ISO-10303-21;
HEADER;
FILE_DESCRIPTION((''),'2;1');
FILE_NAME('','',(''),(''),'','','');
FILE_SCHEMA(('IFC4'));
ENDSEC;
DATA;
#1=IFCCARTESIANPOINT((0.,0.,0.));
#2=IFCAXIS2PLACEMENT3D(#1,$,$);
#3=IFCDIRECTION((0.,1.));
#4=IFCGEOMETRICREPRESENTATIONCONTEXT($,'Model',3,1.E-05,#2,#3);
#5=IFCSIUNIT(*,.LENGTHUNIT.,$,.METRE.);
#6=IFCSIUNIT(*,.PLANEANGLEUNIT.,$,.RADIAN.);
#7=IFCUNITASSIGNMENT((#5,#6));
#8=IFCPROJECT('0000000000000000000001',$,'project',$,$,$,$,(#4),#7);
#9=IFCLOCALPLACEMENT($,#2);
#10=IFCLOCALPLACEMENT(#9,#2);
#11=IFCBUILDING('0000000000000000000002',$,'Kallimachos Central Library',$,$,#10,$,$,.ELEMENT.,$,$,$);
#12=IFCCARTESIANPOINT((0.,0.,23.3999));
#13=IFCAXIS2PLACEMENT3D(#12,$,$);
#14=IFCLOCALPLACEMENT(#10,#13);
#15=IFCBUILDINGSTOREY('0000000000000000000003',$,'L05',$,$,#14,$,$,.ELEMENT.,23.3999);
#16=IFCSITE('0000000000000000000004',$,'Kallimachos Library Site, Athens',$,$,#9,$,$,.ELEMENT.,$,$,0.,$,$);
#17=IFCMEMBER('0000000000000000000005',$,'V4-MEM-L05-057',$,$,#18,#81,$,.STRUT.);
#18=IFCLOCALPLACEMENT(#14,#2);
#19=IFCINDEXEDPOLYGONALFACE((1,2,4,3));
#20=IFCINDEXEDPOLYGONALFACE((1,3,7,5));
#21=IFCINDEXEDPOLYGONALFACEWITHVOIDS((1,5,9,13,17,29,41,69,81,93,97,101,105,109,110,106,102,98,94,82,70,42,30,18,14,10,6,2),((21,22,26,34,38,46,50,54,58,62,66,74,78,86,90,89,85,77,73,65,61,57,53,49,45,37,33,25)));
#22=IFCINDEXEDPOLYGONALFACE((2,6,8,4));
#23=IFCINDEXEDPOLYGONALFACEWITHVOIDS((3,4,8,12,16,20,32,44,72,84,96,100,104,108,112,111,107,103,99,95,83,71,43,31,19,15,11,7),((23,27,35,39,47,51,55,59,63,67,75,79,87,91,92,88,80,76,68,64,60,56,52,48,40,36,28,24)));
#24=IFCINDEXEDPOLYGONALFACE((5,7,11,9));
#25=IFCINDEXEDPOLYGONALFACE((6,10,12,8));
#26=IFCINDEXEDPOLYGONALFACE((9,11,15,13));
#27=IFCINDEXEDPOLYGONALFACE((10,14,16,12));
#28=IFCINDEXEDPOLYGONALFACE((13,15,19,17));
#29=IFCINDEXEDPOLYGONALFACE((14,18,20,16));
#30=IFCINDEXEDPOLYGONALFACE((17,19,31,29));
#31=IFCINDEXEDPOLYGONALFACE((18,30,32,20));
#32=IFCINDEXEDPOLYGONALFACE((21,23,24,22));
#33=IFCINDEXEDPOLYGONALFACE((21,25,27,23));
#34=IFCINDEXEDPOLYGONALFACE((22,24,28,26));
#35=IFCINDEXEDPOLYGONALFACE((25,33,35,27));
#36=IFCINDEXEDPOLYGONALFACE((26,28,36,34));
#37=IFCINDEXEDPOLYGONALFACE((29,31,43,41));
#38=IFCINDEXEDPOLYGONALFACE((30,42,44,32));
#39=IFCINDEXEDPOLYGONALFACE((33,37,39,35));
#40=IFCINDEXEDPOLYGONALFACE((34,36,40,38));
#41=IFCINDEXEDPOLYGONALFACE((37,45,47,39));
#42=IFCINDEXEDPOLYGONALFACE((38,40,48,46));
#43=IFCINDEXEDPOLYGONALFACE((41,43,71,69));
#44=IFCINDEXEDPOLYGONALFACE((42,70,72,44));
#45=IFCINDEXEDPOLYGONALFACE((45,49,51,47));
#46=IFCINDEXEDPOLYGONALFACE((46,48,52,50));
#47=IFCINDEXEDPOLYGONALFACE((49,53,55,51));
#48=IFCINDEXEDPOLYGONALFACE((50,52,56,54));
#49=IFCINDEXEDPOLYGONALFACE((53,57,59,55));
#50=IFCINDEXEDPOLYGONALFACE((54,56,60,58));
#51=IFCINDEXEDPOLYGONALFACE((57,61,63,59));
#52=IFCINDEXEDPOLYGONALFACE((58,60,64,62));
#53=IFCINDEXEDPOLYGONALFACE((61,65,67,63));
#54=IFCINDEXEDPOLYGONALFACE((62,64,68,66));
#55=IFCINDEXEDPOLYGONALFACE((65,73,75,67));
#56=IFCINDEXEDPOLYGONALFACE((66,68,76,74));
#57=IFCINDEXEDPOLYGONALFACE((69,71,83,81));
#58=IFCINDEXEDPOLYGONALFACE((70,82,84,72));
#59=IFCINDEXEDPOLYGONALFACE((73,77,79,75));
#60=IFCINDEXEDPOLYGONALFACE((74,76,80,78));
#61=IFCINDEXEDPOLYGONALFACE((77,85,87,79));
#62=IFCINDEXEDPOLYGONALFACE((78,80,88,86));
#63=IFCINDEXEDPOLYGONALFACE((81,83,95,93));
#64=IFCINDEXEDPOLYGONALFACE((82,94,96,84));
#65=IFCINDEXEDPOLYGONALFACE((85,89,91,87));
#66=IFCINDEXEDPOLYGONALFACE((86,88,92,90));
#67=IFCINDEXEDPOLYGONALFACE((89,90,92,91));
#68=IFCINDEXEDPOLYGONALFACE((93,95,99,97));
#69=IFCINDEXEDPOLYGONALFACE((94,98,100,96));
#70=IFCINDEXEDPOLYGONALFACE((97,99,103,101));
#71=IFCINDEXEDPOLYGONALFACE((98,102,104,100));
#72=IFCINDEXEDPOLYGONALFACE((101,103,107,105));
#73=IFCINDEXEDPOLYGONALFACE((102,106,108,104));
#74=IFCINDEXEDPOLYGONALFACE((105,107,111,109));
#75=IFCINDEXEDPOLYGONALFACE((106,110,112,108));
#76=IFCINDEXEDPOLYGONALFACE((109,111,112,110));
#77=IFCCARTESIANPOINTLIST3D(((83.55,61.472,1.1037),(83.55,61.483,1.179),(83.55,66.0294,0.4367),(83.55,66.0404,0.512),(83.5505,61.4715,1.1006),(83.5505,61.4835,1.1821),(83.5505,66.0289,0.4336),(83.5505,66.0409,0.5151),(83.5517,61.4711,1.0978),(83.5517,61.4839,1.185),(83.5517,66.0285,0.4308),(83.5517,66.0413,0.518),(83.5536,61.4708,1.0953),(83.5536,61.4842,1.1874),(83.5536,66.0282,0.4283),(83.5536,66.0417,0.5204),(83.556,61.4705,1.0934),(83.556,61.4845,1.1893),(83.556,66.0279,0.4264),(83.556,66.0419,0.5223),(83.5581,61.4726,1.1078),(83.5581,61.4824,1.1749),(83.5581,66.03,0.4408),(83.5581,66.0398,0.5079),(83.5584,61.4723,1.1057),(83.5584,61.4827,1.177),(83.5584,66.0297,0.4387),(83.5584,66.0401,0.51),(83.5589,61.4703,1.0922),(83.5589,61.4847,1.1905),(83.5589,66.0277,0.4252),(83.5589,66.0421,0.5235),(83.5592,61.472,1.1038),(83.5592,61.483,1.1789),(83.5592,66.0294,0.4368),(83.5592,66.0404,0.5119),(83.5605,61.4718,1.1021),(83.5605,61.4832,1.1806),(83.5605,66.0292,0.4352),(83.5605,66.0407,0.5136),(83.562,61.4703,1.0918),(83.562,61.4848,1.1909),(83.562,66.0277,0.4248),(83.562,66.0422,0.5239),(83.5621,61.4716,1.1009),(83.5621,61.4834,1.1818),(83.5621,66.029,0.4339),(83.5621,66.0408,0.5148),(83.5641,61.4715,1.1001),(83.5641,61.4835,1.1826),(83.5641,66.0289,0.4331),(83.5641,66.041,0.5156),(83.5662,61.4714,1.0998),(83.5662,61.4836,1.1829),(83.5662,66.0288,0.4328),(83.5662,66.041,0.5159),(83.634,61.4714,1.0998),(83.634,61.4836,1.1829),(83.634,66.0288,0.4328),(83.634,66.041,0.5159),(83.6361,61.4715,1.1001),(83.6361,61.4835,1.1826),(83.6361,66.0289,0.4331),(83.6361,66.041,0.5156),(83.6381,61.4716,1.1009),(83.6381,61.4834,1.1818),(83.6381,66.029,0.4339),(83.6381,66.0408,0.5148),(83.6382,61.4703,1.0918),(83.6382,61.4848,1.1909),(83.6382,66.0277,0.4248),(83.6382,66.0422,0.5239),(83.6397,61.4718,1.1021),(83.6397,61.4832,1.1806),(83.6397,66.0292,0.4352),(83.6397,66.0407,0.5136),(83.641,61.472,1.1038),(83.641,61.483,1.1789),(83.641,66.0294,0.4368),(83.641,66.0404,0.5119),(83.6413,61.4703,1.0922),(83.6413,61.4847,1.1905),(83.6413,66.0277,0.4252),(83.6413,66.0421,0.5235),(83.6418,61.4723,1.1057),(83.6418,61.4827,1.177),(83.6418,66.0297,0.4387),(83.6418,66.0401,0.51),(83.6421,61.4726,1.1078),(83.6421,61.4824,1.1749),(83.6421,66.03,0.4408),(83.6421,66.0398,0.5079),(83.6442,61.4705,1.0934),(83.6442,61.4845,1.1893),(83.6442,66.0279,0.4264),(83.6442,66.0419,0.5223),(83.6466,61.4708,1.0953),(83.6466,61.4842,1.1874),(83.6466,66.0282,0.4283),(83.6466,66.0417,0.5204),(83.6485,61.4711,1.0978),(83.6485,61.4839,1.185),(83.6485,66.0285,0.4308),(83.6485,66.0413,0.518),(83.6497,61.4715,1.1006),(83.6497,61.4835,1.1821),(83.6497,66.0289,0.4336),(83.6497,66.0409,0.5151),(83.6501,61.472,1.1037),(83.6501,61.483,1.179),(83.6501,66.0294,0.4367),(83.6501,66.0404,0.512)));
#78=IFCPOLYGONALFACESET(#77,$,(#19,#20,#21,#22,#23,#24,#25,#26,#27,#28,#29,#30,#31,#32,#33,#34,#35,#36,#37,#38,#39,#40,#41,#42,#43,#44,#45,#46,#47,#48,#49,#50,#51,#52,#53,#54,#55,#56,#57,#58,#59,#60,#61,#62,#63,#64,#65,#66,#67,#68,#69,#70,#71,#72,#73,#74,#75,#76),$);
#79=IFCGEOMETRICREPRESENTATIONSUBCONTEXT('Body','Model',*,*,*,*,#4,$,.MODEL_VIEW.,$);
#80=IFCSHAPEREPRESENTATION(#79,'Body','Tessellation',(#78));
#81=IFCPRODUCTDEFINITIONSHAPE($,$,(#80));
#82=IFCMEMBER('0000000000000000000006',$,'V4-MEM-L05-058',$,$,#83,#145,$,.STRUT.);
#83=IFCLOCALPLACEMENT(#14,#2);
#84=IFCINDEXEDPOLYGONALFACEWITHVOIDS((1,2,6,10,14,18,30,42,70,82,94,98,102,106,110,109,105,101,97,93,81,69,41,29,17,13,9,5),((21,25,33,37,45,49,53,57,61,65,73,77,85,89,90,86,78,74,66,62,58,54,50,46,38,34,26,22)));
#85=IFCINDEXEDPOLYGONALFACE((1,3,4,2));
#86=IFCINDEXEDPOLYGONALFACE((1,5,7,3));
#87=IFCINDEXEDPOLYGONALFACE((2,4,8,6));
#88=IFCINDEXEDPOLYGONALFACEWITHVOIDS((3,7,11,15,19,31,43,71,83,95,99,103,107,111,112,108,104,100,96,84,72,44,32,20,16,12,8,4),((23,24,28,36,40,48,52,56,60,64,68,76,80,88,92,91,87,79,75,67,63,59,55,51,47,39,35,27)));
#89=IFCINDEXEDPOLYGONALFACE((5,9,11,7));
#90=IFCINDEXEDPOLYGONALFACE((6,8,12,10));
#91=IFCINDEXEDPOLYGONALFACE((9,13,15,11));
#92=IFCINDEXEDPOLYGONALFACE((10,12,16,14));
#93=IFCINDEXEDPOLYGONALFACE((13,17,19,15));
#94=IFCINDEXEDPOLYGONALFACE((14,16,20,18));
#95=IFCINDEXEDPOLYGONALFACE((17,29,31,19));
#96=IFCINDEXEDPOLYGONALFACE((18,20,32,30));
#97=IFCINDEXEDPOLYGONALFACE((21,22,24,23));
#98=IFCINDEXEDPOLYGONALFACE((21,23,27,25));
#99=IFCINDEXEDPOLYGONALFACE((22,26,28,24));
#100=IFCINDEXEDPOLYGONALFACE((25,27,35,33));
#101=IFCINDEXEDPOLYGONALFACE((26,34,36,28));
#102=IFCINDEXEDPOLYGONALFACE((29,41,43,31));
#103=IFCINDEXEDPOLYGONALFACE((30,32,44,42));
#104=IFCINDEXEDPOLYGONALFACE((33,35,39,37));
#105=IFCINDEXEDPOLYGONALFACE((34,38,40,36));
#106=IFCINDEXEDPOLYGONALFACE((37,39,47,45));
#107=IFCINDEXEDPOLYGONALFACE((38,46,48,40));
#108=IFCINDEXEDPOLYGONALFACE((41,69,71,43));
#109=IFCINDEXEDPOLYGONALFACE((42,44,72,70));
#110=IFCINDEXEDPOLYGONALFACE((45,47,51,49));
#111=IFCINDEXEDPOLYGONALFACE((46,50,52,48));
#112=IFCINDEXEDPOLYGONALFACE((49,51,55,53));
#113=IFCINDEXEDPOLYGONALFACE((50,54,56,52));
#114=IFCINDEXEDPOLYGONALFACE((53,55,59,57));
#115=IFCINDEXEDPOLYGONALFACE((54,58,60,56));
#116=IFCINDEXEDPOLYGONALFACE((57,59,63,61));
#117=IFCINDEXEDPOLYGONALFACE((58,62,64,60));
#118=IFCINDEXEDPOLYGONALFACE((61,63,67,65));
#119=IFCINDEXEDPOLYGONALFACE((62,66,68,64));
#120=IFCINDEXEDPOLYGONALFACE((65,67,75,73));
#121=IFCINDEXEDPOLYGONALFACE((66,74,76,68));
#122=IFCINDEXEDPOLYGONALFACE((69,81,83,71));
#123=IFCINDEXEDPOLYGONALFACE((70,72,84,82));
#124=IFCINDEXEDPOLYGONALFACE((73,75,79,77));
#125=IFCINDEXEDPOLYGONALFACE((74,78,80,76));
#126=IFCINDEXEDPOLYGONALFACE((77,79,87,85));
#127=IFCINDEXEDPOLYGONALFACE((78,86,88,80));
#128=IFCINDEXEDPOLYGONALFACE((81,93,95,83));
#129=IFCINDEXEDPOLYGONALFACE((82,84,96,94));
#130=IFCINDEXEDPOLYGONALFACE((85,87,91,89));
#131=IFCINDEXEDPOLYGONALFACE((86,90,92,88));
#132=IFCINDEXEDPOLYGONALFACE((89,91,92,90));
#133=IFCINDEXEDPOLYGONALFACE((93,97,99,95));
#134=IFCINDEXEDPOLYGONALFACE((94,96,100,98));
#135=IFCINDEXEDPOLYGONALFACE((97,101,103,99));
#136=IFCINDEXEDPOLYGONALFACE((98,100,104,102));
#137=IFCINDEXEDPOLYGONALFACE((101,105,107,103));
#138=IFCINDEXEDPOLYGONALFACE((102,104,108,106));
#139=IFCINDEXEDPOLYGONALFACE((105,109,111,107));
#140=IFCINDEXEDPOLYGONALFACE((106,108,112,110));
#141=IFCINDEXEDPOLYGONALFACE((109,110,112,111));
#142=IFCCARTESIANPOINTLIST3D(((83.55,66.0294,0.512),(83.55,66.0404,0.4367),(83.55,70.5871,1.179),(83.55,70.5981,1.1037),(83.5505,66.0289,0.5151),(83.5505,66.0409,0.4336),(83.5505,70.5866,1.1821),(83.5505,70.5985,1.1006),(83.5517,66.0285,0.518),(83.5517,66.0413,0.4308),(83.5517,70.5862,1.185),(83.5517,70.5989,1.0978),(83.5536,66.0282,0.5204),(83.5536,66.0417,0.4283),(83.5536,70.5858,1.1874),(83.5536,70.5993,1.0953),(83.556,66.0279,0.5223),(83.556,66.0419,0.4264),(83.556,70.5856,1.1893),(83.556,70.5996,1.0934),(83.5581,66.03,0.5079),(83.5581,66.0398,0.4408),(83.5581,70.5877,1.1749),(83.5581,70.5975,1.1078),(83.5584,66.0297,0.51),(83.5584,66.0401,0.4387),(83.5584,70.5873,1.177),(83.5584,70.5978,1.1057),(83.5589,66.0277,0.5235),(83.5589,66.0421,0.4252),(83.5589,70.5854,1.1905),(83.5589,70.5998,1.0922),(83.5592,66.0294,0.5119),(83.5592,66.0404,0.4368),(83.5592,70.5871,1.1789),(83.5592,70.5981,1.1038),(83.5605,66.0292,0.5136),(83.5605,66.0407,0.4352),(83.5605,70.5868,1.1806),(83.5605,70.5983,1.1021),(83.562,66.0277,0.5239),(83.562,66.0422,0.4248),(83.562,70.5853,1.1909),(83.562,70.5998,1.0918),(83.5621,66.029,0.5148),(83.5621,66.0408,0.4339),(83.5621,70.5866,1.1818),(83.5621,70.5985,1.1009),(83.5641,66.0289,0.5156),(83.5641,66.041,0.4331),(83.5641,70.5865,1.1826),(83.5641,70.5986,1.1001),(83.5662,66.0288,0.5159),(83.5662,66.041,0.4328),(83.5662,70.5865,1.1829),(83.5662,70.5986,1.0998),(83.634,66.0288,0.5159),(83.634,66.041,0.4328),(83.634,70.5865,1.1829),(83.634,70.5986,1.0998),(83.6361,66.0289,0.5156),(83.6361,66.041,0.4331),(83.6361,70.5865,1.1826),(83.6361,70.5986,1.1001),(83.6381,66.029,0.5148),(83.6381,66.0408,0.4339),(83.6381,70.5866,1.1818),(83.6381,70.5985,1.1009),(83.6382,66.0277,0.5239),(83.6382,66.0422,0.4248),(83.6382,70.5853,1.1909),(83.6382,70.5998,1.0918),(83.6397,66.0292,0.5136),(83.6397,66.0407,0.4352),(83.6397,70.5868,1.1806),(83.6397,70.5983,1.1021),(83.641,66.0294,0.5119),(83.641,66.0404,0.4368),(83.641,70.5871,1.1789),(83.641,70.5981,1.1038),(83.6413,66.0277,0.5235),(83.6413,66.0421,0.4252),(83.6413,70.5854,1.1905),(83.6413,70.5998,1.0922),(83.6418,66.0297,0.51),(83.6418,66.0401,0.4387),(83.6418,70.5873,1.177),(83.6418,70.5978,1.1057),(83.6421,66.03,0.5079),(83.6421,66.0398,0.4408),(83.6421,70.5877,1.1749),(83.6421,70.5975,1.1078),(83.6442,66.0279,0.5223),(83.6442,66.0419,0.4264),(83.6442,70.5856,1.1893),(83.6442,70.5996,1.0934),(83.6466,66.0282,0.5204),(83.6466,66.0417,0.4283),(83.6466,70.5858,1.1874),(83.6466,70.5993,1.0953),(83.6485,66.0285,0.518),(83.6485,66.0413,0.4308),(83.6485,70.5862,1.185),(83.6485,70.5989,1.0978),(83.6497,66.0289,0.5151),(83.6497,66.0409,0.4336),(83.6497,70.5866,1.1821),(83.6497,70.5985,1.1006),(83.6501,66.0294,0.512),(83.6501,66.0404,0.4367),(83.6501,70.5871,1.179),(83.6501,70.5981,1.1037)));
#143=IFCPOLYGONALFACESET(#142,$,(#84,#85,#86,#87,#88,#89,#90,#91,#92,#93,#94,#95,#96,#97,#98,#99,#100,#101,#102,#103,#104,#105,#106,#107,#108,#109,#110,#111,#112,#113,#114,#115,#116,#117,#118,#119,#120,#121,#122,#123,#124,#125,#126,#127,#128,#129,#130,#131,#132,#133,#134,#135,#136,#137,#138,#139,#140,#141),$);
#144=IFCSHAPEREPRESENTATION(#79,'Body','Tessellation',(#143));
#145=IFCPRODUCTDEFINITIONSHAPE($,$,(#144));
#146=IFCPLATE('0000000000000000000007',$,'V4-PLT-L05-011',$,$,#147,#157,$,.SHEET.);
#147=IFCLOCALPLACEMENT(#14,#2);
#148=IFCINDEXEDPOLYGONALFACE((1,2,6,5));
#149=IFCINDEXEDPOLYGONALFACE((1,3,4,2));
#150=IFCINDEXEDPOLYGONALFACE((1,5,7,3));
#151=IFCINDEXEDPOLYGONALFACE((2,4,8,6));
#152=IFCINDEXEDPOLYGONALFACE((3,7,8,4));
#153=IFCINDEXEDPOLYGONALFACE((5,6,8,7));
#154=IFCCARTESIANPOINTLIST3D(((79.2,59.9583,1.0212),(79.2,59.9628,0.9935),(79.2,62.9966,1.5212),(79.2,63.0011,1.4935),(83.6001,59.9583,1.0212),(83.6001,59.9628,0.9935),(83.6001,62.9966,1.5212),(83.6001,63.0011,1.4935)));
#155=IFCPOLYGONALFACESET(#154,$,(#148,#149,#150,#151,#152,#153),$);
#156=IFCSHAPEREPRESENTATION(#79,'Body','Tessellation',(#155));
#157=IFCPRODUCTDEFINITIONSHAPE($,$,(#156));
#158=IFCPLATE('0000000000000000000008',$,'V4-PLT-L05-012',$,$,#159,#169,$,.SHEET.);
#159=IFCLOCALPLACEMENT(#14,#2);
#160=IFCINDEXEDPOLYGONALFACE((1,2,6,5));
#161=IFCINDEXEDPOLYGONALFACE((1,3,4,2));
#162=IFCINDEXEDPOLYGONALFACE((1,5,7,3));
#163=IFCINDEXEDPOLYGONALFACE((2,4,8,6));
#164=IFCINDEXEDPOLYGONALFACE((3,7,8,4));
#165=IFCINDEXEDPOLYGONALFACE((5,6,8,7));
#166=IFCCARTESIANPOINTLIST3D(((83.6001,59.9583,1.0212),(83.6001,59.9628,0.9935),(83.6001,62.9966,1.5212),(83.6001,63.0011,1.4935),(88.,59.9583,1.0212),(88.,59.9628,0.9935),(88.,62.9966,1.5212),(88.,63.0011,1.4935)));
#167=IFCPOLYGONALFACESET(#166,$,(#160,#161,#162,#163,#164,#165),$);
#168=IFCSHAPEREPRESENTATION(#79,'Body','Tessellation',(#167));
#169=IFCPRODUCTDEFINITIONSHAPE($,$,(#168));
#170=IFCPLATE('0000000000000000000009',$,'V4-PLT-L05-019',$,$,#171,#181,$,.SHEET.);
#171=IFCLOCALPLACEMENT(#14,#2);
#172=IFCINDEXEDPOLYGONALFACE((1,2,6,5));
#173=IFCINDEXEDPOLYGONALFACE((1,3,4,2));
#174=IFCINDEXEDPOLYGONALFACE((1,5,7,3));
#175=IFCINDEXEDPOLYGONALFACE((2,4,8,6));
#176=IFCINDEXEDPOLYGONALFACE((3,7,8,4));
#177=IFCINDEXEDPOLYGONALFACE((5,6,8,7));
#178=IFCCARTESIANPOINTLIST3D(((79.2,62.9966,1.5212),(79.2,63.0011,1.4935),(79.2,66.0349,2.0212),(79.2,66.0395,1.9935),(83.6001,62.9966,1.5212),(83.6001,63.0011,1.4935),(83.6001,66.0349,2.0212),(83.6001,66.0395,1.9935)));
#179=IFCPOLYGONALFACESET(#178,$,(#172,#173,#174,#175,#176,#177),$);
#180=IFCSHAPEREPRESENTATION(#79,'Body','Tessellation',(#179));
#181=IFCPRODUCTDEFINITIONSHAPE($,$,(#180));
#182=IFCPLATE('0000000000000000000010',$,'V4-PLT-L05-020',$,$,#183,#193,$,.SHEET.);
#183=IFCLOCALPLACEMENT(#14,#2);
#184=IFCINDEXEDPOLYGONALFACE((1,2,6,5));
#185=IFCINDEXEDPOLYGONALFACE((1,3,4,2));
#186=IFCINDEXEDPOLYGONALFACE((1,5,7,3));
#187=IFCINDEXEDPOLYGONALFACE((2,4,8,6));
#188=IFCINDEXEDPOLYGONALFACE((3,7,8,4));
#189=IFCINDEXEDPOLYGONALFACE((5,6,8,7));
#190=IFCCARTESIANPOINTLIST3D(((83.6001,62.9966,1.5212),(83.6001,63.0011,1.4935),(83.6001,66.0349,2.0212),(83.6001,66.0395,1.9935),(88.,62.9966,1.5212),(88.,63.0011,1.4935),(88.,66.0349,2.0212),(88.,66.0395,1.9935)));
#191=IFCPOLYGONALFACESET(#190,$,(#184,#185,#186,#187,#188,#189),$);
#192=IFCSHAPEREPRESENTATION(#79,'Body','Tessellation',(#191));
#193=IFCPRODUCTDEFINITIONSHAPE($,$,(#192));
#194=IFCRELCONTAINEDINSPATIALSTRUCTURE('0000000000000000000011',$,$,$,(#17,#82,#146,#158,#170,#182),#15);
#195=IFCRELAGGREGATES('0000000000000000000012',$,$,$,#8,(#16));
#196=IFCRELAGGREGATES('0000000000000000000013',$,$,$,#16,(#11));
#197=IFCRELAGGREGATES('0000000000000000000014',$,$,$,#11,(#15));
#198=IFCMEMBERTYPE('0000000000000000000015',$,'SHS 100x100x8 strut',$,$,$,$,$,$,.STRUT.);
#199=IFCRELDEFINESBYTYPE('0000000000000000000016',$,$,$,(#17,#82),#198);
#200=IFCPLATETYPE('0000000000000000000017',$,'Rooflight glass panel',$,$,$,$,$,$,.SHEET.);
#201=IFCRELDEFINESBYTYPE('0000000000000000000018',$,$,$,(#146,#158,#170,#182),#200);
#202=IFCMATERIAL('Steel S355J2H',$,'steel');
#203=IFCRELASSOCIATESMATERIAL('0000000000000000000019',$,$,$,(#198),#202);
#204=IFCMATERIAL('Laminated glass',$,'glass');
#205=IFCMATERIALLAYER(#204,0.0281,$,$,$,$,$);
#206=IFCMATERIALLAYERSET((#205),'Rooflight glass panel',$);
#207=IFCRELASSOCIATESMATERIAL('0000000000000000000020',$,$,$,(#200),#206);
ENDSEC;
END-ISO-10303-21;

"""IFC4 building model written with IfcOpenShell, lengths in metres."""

from ifc_helpers import new_model, si_unit, direction, frame, origin, origin_2d, place, context, subcontext, project, spatial, polyline, hollow_rectangle, outline, extrude, material, layer, layer_set, material_profile, profile_set, type_object, element, save


model = new_model("IFC4")

# Units and contexts
model_context = context("Model", 3, precision=1e-05, world=origin(), true_north=direction((0.0, 1.0)))
body_context = subcontext(model_context, "Body", "Model", "MODEL_VIEW")
ifc_project = project(units=[si_unit("LENGTHUNIT", "METRE"), si_unit("PLANEANGLEUNIT", "RADIAN")], contexts=[model_context])

# Site, building, storey
site_placement = place(None, origin())
site = spatial("IfcSite", under=ifc_project, at=site_placement, Name="Kallimachos Library Site, Athens", CompositionType="ELEMENT", RefElevation=0.0)
building_placement = place(site_placement, origin())
building = spatial("IfcBuilding", under=site, at=building_placement, Name="Kallimachos Central Library", CompositionType="ELEMENT")
storey_placement = place(building_placement, frame((0.0, 0.0, 23.3999)))
storey = spatial("IfcBuildingStorey", under=building, at=storey_placement, Name="L05", CompositionType="ELEMENT", Elevation=23.3999)

# Members
ifc_material_1 = material(Name="Steel S355J2H", Category="steel")
ifc_material_profile_1 = material_profile(ifc_material_1, hollow_rectangle(XDim=0.1001, YDim=0.1001, WallThickness=0.0081, InnerFilletRadius=0.0081, OuterFilletRadius=0.012, at=origin_2d()), Name="SHS 100x100x8")
ifc_profile_set_1 = profile_set([ifc_material_profile_1], Name="Steel S355J2H")
member_type_1 = type_object("IfcMemberType", Name="SHS 100x100x8 strut", PredefinedType="STRUT", material=ifc_profile_set_1)
member_1_placement = place(storey_placement, frame((83.6001, 66.0349, 0.4744), z_axis=(0.0, -0.989459, 0.144812), x_axis=(1.0, 0.0, 0.0)))
element("IfcMember", 1, at=member_1_placement, inside=storey, type_object=member_type_1, Name="V4-MEM-L05-057", PredefinedType="STRUT", context=body_context, shape_type="SweptSolid", body=[
    extrude(hollow_rectangle(XDim=0.1001, YDim=0.1001, WallThickness=0.0081, InnerFilletRadius=0.0081, OuterFilletRadius=0.012, at=origin_2d()), origin(), (0.0, 0.0, 1.0), 4.606),
])
member_2_placement = place(storey_placement, frame((83.6001, 66.0349, 0.4744), z_axis=(0.0, 0.98946, 0.144804), x_axis=(-1.0, 0.0, 0.0)))
element("IfcMember", 2, at=member_2_placement, inside=storey, type_object=member_type_1, Name="V4-MEM-L05-058", PredefinedType="STRUT", context=body_context, shape_type="SweptSolid", body=[
    extrude(hollow_rectangle(XDim=0.1001, YDim=0.1001, WallThickness=0.0081, InnerFilletRadius=0.0081, OuterFilletRadius=0.012, at=origin_2d()), origin(), (0.0, 0.0, 1.0), 4.6062),
])

# Plates
ifc_material_2 = material(Name="Laminated glass", Category="glass")
ifc_layer = layer(ifc_material_2, 0.0281)
ifc_layer_set = layer_set([ifc_layer], Name="Rooflight glass panel")
plate_type = type_object("IfcPlateType", Name="Rooflight glass panel", PredefinedType="SHEET", material=ifc_layer_set)
plate_1_placement = place(storey_placement, frame((79.2, 59.9583, 1.0212), z_axis=(0.0, -0.16238, 0.986728), x_axis=(1.0, 0.0, 0.0)))
element("IfcPlate", 3, at=plate_1_placement, inside=storey, type_object=plate_type, Name="V4-PLT-L05-011", PredefinedType="SHEET", context=body_context, shape_type="SweptSolid", body=[
    extrude(outline(polyline([(0.0, 0.0), (4.4001, 0.0), (4.4001, 3.0792), (0.0, 3.0792), (0.0, 0.0)])), origin(), (0.0, 0.0, -1.0), 0.0281),
])
plate_2_placement = place(storey_placement, frame((83.6001, 59.9583, 1.0212), z_axis=(0.0, -0.16238, 0.986728), x_axis=(1.0, 0.0, 0.0)))
element("IfcPlate", 4, at=plate_2_placement, inside=storey, type_object=plate_type, Name="V4-PLT-L05-012", PredefinedType="SHEET", context=body_context, shape_type="SweptSolid", body=[
    extrude(outline(polyline([(0.0, 0.0), (4.3999, 0.0), (4.3999, 3.0792), (0.0, 3.0792), (0.0, 0.0)])), origin(), (0.0, 0.0, -1.0), 0.0281),
])
plate_3_placement = place(storey_placement, frame((79.2, 62.9966, 1.5212), z_axis=(0.0, -0.16238, 0.986728), x_axis=(1.0, 0.0, 0.0)))
element("IfcPlate", 5, at=plate_3_placement, inside=storey, type_object=plate_type, Name="V4-PLT-L05-019", PredefinedType="SHEET", context=body_context, shape_type="SweptSolid", body=[
    extrude(outline(polyline([(0.0, 0.0), (4.4001, 0.0), (4.4001, 3.0792), (0.0, 3.0792), (0.0, 0.0)])), origin(), (0.0, 0.0, -1.0), 0.0281),
])
plate_4_placement = place(storey_placement, frame((83.6001, 62.9966, 1.5212), z_axis=(0.0, -0.16238, 0.986728), x_axis=(1.0, 0.0, 0.0)))
element("IfcPlate", 6, at=plate_4_placement, inside=storey, type_object=plate_type, Name="V4-PLT-L05-020", PredefinedType="SHEET", context=body_context, shape_type="SweptSolid", body=[
    extrude(outline(polyline([(0.0, 0.0), (4.3999, 0.0), (4.3999, 3.0792), (0.0, 3.0792), (0.0, 0.0)])), origin(), (0.0, 0.0, -1.0), 0.0281),
])

save(model, "model.ifc")
